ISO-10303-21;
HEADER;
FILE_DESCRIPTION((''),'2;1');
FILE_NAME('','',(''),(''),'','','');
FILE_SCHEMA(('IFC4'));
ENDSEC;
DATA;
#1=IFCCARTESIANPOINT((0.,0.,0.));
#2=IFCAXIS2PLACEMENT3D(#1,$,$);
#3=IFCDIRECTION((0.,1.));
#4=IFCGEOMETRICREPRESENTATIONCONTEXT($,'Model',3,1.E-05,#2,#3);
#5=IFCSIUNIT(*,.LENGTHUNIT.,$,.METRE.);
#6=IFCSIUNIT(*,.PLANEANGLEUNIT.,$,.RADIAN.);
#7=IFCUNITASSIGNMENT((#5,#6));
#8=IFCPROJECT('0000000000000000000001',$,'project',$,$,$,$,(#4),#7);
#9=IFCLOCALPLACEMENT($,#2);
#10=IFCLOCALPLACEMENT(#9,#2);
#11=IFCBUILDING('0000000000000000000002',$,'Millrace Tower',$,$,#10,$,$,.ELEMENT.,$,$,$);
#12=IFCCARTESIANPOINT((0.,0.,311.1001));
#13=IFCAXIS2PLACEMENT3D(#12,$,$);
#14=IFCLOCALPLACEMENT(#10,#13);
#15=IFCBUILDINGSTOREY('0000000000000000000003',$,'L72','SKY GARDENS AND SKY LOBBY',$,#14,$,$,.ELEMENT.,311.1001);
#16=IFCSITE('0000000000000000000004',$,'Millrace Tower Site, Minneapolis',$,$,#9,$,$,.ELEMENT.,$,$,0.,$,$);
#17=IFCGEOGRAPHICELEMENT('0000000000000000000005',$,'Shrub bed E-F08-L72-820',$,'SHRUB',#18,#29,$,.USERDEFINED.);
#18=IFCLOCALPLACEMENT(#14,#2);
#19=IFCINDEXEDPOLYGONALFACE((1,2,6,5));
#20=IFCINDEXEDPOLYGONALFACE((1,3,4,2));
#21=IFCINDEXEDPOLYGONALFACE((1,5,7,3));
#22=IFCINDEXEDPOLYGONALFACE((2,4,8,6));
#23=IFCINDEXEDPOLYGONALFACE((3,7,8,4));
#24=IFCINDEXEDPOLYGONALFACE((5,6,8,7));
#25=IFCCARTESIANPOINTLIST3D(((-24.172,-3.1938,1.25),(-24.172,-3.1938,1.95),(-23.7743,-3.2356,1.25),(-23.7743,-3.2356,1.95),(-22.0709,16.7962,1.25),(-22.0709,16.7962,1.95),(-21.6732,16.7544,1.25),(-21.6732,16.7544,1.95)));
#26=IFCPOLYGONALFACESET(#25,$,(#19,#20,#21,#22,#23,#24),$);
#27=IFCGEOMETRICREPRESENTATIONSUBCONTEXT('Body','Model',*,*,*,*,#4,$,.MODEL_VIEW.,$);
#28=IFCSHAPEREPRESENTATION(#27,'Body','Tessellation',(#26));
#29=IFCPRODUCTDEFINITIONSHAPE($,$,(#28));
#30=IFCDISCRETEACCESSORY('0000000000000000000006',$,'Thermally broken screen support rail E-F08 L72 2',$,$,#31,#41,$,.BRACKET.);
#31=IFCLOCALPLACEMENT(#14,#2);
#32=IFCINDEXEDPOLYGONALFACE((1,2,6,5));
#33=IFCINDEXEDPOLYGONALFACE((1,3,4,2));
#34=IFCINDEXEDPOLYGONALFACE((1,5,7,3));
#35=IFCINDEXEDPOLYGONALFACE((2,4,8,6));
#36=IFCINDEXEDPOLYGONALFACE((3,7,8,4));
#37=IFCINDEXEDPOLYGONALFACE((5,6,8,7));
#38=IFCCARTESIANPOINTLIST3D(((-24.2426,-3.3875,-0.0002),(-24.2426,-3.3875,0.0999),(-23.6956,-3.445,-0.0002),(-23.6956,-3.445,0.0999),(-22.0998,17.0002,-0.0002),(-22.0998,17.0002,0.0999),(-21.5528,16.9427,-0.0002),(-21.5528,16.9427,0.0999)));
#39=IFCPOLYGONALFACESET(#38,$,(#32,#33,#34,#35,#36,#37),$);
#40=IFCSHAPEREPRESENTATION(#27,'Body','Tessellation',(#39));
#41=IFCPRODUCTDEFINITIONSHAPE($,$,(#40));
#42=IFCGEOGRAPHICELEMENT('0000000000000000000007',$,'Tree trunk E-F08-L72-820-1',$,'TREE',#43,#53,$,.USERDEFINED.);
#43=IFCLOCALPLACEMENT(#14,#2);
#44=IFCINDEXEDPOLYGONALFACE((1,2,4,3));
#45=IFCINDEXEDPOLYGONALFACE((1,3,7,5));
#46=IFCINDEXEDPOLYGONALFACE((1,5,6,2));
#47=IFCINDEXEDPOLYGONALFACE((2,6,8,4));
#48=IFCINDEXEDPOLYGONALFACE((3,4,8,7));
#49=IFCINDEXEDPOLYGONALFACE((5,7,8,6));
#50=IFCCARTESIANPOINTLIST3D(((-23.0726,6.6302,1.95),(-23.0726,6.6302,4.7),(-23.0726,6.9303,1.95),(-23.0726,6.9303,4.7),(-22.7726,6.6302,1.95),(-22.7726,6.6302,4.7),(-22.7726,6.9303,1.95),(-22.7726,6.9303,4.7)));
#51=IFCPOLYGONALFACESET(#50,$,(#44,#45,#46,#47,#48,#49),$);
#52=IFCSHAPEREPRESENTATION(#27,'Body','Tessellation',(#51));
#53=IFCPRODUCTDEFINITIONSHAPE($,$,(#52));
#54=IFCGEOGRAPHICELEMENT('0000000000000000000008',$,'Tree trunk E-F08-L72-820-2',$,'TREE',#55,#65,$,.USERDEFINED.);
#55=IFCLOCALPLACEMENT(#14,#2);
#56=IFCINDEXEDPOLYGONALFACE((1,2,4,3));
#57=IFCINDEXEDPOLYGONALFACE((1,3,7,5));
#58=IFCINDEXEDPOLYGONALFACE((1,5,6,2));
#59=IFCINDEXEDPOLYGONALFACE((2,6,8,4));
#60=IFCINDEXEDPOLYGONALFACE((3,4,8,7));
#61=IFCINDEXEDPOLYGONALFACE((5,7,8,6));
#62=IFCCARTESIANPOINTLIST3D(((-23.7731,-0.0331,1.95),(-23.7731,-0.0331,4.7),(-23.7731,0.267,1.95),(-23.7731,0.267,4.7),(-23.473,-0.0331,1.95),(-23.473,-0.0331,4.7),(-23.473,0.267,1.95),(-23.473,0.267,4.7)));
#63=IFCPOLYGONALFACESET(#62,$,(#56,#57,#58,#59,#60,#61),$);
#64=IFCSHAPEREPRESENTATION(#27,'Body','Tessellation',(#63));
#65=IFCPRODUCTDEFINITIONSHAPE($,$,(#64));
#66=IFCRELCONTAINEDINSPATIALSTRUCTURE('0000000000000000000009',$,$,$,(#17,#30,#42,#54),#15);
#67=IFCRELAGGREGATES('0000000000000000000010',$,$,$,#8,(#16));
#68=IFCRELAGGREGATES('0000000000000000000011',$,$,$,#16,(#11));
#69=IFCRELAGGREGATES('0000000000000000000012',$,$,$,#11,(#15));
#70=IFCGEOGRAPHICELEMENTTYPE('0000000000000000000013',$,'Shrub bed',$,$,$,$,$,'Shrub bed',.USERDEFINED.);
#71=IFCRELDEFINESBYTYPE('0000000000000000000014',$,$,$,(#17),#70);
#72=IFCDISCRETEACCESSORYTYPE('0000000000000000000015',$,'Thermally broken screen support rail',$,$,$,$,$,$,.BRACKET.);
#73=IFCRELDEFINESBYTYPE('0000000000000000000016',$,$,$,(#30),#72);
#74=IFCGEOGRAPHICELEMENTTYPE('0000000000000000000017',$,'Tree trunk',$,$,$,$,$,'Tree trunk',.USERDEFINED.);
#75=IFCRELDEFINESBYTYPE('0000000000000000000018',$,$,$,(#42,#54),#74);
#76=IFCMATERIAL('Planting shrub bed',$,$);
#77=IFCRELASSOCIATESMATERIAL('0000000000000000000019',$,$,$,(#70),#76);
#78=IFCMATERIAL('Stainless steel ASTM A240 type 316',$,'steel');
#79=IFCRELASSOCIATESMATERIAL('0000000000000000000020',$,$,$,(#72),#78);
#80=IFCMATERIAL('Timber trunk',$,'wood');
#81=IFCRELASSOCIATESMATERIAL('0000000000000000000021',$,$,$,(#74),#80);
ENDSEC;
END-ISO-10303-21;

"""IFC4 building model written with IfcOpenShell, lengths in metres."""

from ifc_helpers import new_model, si_unit, direction, frame, origin, origin_2d, place, context, subcontext, project, spatial, rectangle, extrude, material, type_object, element, save


model = new_model("IFC4")

# Units and contexts
model_context = context("Model", 3, precision=1e-05, world=origin(), true_north=direction((0.0, 1.0)))
body_context = subcontext(model_context, "Body", "Model", "MODEL_VIEW")
ifc_project = project(units=[si_unit("LENGTHUNIT", "METRE"), si_unit("PLANEANGLEUNIT", "RADIAN")], contexts=[model_context])

# Site, building, storey
site_placement = place(None, origin())
site = spatial("IfcSite", under=ifc_project, at=site_placement, Name="Millrace Tower Site, Minneapolis", CompositionType="ELEMENT", RefElevation=0.0)
building_placement = place(site_placement, origin())
building = spatial("IfcBuilding", under=site, at=building_placement, Name="Millrace Tower", CompositionType="ELEMENT")
storey_placement = place(building_placement, frame((0.0, 0.0, 311.1001)))
storey = spatial("IfcBuildingStorey", under=building, at=storey_placement, Name="L72", Description="SKY GARDENS AND SKY LOBBY", CompositionType="ELEMENT", Elevation=311.1001)

# Geographic element
ifc_material_1 = material(Name="Planting shrub bed")
geographic_element_type_1 = type_object("IfcGeographicElementType", Name="Shrub bed", ElementType="Shrub bed", PredefinedType="USERDEFINED", material=ifc_material_1)
geographic_element_1_placement = place(storey_placement, frame((-22.9226, 6.7803, 1.25), z_axis=(0.0, 0.0, 1.0), x_axis=(-0.104528, -0.994522, 0.0)))
element("IfcGeographicElement", 1, at=geographic_element_1_placement, inside=storey, type_object=geographic_element_type_1, Name="Shrub bed E-F08-L72-820", ObjectType="SHRUB", PredefinedType="USERDEFINED", context=body_context, shape_type="SweptSolid", body=[
    extrude(rectangle(XDim=20.1001, YDim=0.3999, at=origin_2d()), origin(), (0.0, 0.0, 1.0), 0.7),
])

# Discrete accessory
ifc_material_2 = material(Name="Stainless steel ASTM A240 type 316", Category="steel")
discrete_accessory_type = type_object("IfcDiscreteAccessoryType", Name="Thermally broken screen support rail", PredefinedType="BRACKET", material=ifc_material_2)
discrete_accessory_placement = place(storey_placement, frame((-22.8977, 6.7776, -0.0002), z_axis=(0.0, 0.0, 1.0), x_axis=(-0.104528, -0.994522, 0.0)))
element("IfcDiscreteAccessory", 2, at=discrete_accessory_placement, inside=storey, type_object=discrete_accessory_type, Name="Thermally broken screen support rail E-F08 L72 2", PredefinedType="BRACKET", context=body_context, shape_type="SweptSolid", body=[
    extrude(rectangle(XDim=20.5, YDim=0.55, at=origin_2d()), origin(), (0.0, 0.0, 1.0), 0.1001),
])

# Geographic elements
ifc_material_3 = material(Name="Timber trunk", Category="wood")
geographic_element_type_2 = type_object("IfcGeographicElementType", Name="Tree trunk", ElementType="Tree trunk", PredefinedType="USERDEFINED", material=ifc_material_3)
for number, where, z_axis, x_axis, name in (
    (3, (-22.9226, 6.7803, 1.95), (0.0, 0.0, 1.0), (1.0, 0.0, 0.0), "Tree trunk E-F08-L72-820-1"),
    (4, (-23.623, 0.1169, 1.95), (0.0, 0.0, 1.0), (1.0, 0.0, 0.0), "Tree trunk E-F08-L72-820-2"),
):
    element("IfcGeographicElement", number, at=place(storey_placement, frame(where, z_axis=z_axis, x_axis=x_axis)), inside=storey, type_object=geographic_element_type_2, Name=name, ObjectType="TREE", PredefinedType="USERDEFINED", context=body_context, shape_type="SweptSolid", body=[
        extrude(rectangle(XDim=0.3, YDim=0.3, at=origin_2d()), origin(), (0.0, 0.0, 1.0), 2.75),
    ])

save(model, "model.ifc")
